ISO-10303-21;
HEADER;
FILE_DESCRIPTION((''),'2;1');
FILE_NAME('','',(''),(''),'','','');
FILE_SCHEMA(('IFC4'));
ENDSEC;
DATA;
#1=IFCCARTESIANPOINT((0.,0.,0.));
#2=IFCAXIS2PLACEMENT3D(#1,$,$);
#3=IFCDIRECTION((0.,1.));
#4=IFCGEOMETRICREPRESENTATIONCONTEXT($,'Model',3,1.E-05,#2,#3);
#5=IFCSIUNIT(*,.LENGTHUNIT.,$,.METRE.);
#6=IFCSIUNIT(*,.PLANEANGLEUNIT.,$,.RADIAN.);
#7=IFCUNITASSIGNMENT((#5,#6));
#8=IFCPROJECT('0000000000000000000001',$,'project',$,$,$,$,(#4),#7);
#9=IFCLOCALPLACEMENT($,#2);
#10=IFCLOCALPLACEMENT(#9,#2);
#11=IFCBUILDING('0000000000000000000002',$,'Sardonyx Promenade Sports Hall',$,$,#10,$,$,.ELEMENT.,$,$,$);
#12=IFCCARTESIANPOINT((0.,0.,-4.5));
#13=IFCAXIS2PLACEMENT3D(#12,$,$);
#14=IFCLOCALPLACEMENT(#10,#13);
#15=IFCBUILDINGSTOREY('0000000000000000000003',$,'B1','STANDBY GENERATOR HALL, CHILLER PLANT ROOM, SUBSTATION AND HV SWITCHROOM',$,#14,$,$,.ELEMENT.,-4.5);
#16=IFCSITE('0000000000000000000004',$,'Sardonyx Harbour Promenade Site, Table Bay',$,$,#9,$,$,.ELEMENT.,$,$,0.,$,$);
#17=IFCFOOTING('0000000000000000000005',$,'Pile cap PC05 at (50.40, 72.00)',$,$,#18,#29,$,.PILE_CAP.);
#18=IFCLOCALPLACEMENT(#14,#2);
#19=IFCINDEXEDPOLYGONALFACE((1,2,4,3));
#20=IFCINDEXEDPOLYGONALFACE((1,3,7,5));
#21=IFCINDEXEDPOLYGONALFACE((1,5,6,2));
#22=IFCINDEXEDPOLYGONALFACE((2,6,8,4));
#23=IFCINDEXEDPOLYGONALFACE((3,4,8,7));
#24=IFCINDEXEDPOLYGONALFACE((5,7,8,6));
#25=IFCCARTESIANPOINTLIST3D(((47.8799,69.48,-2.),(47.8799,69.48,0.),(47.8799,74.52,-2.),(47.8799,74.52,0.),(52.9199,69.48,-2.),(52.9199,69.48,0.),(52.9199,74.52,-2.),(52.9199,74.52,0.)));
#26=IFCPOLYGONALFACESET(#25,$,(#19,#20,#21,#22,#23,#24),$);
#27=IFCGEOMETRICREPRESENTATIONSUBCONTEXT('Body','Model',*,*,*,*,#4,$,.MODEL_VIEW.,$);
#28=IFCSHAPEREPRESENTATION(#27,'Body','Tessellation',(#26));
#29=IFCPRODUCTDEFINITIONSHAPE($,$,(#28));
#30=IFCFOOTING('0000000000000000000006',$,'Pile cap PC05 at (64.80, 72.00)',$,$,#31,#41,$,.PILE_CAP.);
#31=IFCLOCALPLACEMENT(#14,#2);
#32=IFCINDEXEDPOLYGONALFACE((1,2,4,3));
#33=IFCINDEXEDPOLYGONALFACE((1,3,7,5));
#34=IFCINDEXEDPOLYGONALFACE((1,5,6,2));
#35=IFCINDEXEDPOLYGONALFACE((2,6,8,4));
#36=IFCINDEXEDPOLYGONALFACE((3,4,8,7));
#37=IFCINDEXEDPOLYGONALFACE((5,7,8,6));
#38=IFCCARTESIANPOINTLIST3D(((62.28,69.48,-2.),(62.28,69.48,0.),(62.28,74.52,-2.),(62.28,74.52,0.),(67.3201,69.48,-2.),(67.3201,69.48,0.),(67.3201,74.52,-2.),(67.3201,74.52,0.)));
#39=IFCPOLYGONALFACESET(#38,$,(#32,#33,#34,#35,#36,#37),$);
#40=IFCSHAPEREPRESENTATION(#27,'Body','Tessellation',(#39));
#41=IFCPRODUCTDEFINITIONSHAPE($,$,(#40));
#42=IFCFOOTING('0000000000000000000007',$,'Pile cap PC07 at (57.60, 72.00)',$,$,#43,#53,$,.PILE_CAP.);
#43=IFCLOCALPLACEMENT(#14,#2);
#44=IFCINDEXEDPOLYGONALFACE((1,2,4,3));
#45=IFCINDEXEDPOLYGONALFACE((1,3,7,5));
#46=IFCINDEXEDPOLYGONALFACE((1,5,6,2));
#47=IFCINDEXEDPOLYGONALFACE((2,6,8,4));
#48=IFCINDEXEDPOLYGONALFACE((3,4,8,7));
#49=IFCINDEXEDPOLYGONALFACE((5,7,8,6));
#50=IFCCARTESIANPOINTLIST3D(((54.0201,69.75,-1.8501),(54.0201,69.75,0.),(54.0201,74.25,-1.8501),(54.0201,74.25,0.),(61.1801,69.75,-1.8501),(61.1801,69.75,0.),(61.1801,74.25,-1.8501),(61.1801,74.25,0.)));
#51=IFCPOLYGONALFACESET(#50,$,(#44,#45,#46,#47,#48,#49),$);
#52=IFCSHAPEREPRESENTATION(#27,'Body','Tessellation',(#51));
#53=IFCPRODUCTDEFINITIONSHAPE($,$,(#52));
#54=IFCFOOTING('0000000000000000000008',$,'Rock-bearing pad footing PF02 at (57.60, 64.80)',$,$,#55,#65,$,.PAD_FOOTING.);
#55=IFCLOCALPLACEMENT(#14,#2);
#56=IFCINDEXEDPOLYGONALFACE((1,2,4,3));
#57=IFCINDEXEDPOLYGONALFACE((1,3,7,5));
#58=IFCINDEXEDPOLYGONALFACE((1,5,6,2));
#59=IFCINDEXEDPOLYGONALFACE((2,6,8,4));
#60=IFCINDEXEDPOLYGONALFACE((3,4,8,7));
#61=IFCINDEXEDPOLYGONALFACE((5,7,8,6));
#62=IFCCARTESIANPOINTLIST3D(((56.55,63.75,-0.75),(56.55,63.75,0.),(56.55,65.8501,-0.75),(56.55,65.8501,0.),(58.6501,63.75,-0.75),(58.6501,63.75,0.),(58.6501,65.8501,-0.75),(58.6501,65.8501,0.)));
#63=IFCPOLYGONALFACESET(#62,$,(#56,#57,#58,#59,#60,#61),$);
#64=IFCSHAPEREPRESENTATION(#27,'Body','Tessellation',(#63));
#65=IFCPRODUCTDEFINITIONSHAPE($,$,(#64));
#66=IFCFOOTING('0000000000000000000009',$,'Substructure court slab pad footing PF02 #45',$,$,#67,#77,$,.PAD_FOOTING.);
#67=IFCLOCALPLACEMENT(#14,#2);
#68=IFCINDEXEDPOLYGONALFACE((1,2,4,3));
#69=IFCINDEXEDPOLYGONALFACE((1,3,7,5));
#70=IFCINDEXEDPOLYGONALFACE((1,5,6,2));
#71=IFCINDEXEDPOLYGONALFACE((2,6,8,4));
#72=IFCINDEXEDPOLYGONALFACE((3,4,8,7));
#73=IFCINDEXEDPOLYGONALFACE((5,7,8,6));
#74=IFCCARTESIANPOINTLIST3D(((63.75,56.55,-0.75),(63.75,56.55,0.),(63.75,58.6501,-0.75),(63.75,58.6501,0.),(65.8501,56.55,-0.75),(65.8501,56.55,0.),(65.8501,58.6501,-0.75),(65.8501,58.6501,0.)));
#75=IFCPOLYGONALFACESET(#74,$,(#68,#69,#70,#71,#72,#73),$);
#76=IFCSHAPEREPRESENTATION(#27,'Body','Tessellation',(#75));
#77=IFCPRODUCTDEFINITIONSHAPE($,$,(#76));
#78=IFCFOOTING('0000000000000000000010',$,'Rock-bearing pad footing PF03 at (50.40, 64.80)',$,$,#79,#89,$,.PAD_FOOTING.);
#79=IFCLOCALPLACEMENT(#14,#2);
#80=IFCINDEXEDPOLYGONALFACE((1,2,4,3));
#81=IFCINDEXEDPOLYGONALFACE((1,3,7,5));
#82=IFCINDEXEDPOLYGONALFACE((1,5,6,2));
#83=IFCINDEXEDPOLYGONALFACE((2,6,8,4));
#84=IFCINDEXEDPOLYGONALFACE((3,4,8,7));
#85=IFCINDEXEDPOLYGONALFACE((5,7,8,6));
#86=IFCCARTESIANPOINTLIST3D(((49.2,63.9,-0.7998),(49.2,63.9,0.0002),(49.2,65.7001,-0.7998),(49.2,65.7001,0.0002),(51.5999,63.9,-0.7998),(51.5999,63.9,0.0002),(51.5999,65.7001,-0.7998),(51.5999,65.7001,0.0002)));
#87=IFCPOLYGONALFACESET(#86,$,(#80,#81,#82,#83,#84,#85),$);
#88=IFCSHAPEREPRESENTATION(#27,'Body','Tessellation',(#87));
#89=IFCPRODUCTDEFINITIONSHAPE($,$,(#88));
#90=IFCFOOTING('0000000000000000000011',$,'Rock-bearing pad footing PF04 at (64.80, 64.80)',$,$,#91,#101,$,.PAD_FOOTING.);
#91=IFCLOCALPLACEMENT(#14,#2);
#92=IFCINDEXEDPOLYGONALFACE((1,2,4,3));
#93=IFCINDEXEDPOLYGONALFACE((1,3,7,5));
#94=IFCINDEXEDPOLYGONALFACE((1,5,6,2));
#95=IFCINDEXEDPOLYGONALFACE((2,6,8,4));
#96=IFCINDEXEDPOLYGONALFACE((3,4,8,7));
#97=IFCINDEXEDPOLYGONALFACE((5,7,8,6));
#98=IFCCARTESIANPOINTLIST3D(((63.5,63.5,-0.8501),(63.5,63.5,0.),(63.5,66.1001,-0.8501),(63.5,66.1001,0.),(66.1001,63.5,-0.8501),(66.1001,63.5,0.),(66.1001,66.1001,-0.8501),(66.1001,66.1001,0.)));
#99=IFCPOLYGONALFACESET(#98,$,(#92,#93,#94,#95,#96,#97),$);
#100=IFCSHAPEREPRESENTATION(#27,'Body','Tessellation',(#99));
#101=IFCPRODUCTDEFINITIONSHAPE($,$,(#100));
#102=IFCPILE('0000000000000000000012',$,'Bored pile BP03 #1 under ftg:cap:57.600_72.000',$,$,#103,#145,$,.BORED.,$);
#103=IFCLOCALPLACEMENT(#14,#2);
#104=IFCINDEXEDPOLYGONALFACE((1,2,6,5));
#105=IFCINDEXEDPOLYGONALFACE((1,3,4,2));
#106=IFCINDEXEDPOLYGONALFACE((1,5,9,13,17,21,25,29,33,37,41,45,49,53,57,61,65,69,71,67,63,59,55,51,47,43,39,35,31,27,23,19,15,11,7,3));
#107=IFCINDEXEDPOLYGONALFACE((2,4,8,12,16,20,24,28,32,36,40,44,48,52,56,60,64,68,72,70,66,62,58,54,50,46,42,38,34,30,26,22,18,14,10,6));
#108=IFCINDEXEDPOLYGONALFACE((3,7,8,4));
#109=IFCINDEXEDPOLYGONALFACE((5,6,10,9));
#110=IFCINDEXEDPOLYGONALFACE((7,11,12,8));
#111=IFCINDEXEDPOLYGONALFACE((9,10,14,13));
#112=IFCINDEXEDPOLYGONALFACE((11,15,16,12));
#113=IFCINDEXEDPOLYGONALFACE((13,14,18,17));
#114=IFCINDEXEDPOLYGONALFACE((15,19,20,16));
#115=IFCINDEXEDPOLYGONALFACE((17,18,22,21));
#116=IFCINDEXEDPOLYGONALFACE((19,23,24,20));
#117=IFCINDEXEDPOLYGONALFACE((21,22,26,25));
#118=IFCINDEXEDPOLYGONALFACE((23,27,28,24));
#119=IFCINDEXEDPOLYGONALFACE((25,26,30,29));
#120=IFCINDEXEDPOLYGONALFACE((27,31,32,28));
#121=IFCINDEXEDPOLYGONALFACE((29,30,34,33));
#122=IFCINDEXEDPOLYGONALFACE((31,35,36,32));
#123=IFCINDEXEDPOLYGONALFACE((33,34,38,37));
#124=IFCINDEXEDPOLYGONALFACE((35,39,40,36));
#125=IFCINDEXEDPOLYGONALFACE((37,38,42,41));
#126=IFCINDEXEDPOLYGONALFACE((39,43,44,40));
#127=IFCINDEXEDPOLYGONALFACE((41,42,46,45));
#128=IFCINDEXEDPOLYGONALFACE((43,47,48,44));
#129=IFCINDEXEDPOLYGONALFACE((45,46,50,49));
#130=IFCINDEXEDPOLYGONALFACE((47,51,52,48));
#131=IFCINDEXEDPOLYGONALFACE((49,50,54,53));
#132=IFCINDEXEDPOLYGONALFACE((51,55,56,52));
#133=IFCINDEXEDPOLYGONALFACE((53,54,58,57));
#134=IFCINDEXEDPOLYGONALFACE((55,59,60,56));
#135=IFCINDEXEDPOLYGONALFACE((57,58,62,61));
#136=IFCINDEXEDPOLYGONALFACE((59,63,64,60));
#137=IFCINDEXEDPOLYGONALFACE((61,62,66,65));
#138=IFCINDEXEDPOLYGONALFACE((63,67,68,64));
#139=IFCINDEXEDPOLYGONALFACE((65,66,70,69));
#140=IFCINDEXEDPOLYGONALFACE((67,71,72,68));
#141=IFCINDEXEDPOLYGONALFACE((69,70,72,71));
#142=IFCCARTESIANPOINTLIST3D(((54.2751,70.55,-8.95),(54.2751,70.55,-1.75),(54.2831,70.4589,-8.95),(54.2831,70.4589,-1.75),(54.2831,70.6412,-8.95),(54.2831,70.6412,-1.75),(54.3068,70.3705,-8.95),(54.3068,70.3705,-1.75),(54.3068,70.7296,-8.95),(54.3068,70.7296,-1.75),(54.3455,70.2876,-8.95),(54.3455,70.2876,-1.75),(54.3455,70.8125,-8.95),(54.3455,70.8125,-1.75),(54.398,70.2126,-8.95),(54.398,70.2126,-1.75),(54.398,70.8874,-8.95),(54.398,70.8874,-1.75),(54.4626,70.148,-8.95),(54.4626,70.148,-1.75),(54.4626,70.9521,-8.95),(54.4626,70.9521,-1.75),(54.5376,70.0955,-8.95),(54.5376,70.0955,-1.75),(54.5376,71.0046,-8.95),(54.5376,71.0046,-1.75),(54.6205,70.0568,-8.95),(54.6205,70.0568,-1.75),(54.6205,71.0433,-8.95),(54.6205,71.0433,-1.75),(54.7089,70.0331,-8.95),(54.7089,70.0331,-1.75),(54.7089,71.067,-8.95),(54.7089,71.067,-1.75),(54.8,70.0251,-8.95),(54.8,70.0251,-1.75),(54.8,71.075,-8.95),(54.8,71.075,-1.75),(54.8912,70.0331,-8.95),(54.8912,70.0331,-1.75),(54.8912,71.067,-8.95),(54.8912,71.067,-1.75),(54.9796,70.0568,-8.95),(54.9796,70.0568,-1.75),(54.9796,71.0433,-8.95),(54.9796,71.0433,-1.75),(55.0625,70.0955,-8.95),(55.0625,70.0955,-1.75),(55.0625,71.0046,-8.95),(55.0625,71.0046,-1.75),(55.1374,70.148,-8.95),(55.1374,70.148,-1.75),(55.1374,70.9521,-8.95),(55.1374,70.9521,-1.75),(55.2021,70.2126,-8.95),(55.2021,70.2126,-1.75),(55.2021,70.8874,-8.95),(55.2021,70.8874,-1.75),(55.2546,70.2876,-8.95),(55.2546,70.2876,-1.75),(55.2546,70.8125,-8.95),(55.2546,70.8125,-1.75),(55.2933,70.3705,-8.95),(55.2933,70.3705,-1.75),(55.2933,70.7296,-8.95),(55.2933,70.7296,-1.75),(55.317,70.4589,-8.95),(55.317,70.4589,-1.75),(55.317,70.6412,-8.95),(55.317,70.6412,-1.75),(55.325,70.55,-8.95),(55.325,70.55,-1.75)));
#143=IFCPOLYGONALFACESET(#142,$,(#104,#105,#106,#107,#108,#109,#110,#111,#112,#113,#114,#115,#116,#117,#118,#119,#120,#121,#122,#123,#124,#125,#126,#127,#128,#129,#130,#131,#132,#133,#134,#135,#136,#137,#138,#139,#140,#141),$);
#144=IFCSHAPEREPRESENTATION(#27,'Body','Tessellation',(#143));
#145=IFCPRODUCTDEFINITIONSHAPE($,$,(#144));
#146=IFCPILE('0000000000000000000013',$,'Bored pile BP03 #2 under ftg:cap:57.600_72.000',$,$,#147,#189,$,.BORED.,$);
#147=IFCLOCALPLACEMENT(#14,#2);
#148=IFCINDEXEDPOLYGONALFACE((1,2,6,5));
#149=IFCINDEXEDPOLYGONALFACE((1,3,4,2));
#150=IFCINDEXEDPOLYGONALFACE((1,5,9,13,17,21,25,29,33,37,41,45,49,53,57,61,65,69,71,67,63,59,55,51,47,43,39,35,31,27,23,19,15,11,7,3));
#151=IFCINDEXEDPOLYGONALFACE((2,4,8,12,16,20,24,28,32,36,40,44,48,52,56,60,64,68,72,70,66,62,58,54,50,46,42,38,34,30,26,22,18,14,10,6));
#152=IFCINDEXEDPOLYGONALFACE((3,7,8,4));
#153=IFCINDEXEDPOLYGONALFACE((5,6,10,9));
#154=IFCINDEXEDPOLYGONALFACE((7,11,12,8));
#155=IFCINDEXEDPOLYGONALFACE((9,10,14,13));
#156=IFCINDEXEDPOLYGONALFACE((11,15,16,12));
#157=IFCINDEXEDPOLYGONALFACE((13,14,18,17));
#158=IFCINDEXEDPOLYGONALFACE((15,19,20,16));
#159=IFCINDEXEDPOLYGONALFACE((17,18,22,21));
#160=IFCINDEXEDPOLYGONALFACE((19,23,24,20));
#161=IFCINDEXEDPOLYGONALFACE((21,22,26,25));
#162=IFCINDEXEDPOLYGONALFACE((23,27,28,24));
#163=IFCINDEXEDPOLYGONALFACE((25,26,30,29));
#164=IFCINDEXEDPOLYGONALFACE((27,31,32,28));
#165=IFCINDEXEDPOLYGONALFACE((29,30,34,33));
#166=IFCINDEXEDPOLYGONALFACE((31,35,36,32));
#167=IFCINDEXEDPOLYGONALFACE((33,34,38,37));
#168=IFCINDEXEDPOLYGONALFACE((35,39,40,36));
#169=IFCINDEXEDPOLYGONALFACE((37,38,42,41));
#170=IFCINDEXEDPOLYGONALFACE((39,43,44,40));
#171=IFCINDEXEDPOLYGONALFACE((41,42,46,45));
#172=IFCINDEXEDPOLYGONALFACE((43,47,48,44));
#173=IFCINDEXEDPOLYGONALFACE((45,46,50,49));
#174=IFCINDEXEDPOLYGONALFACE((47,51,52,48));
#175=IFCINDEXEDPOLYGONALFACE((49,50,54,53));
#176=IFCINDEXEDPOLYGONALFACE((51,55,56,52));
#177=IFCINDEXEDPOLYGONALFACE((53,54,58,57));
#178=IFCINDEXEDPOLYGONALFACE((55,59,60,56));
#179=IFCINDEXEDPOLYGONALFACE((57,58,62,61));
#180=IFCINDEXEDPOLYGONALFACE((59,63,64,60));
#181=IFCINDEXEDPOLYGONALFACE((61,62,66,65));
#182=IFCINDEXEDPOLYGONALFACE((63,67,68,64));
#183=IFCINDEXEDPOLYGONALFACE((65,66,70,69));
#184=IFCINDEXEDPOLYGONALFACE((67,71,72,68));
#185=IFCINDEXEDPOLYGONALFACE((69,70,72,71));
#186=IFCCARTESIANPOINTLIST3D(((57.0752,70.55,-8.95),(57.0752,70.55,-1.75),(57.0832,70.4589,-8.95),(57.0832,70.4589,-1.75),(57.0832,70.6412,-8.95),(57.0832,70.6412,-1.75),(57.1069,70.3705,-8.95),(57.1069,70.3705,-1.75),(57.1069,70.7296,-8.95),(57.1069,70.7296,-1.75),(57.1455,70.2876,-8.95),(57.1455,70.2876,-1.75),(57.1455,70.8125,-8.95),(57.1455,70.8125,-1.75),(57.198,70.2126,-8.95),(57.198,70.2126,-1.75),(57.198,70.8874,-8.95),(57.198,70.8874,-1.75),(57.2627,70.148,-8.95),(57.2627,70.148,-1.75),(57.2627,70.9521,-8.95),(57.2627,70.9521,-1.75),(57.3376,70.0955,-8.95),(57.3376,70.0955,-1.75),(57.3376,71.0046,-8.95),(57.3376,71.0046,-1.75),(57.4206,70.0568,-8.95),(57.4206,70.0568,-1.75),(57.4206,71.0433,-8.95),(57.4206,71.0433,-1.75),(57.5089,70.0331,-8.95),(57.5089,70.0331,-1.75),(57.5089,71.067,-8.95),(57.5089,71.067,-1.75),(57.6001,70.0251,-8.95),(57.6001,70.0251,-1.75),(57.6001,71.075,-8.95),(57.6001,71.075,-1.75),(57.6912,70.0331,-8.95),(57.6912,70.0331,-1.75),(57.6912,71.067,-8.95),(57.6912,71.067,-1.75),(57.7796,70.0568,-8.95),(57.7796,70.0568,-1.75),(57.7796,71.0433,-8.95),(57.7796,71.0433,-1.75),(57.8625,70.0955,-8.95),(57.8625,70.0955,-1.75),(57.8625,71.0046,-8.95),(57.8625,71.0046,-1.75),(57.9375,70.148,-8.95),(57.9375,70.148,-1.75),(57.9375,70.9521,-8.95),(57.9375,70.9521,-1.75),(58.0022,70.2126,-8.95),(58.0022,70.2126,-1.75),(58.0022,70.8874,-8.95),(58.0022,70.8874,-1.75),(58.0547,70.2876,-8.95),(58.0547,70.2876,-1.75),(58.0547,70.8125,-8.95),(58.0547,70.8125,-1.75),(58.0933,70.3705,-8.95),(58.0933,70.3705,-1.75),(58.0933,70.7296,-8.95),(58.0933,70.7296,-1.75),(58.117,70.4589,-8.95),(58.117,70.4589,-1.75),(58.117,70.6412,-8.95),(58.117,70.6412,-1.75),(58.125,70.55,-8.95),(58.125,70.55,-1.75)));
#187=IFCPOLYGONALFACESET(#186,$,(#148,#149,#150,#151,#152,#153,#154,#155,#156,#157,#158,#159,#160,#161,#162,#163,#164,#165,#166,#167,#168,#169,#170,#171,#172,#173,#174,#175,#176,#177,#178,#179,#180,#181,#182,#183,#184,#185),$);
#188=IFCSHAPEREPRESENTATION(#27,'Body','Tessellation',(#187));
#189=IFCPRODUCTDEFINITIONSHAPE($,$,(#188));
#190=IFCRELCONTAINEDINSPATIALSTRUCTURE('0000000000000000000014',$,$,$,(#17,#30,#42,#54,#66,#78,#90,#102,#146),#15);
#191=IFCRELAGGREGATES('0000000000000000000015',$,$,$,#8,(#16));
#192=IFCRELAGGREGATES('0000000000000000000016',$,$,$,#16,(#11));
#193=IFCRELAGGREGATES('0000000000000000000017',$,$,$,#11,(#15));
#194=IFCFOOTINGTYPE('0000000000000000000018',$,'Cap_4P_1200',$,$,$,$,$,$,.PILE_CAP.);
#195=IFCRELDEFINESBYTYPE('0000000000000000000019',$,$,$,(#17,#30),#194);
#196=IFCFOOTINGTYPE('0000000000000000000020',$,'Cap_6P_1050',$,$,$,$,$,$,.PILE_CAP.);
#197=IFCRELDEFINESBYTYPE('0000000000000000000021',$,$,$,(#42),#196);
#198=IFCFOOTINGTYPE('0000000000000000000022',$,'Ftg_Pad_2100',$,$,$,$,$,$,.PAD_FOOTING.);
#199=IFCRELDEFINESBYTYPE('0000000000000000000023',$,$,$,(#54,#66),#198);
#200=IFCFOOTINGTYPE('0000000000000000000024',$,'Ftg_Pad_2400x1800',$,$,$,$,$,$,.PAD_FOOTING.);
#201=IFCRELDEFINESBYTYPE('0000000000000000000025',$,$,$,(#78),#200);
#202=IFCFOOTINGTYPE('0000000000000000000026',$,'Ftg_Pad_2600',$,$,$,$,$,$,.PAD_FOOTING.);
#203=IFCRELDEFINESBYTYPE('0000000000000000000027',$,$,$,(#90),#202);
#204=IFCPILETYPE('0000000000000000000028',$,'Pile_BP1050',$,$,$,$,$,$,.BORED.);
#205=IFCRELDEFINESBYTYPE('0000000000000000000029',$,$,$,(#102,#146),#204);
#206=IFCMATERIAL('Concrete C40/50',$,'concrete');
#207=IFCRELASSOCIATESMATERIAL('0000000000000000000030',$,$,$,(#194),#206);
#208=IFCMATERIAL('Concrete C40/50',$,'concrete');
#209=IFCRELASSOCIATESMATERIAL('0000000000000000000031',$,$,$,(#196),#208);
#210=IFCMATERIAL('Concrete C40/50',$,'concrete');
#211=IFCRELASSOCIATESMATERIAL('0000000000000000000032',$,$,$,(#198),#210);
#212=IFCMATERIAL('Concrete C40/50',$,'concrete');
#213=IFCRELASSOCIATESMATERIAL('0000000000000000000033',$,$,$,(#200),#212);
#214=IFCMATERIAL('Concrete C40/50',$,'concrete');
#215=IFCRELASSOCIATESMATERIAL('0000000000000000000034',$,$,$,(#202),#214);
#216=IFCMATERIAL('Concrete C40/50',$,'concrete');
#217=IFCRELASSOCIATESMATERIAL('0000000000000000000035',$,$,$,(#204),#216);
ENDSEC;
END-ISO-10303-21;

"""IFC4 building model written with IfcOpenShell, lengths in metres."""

from ifc_helpers import new_model, si_unit, direction, frame, origin, origin_2d, place, context, subcontext, project, spatial, rectangle, circle, extrude, material, material_profile, profile_set, type_object, element, save


model = new_model("IFC4")

# Units and contexts
model_context = context("Model", 3, precision=1e-05, world=origin(), true_north=direction((0.0, 1.0)))
body_context = subcontext(model_context, "Body", "Model", "MODEL_VIEW")
ifc_project = project(units=[si_unit("LENGTHUNIT", "METRE"), si_unit("PLANEANGLEUNIT", "RADIAN")], contexts=[model_context])

# Site, building, storey
site_placement = place(None, origin())
site = spatial("IfcSite", under=ifc_project, at=site_placement, Name="Sardonyx Harbour Promenade Site, Table Bay", CompositionType="ELEMENT", RefElevation=0.0)
building_placement = place(site_placement, origin())
building = spatial("IfcBuilding", under=site, at=building_placement, Name="Sardonyx Promenade Sports Hall", CompositionType="ELEMENT")
storey_placement = place(building_placement, frame((0.0, 0.0, -4.5)))
storey = spatial("IfcBuildingStorey", under=building, at=storey_placement, Name="B1", Description="STANDBY GENERATOR HALL, CHILLER PLANT ROOM, SUBSTATION AND HV SWITCHROOM", CompositionType="ELEMENT", Elevation=-4.5)

# Footings
ifc_material_1 = material(Name="Concrete C40/50", Category="concrete")
footing_type_1 = type_object("IfcFootingType", Name="Cap_4P_1200", PredefinedType="PILE_CAP", material=ifc_material_1)
for number, where, z_axis, x_axis, name in (
    (1, (50.3999, 72.0, -2.0), (0.0, 0.0, 1.0), (1.0, 0.0, 0.0), "Pile cap PC05 at (50.40, 72.00)"),
    (2, (64.8, 72.0, -2.0), (0.0, 0.0, 1.0), (1.0, 0.0, 0.0), "Pile cap PC05 at (64.80, 72.00)"),
):
    element("IfcFooting", number, at=place(storey_placement, frame(where, z_axis=z_axis, x_axis=x_axis)), inside=storey, type_object=footing_type_1, Name=name, PredefinedType="PILE_CAP", context=body_context, shape_type="SweptSolid", body=[
        extrude(rectangle(XDim=5.04, YDim=5.04, at=origin_2d()), origin(), (0.0, 0.0, 1.0), 2.0),
    ])
ifc_material_2 = material(Name="Concrete C40/50", Category="concrete")
footing_type_2 = type_object("IfcFootingType", Name="Cap_6P_1050", PredefinedType="PILE_CAP", material=ifc_material_2)
footing_1_placement = place(storey_placement, frame((57.6001, 72.0, -1.8501), z_axis=(0.0, 0.0, 1.0), x_axis=(1.0, 0.0, 0.0)))
element("IfcFooting", 3, at=footing_1_placement, inside=storey, type_object=footing_type_2, Name="Pile cap PC07 at (57.60, 72.00)", PredefinedType="PILE_CAP", context=body_context, shape_type="SweptSolid", body=[
    extrude(rectangle(XDim=7.1599, YDim=4.5, at=origin_2d()), origin(), (0.0, 0.0, 1.0), 1.8501),
])
ifc_material_3 = material(Name="Concrete C40/50", Category="concrete")
footing_type_3 = type_object("IfcFootingType", Name="Ftg_Pad_2100", PredefinedType="PAD_FOOTING", material=ifc_material_3)
for number, where, z_axis, x_axis, name in (
    (4, (57.6001, 64.8, -0.75), (0.0, 0.0, 1.0), (1.0, 0.0, 0.0), "Rock-bearing pad footing PF02 at (57.60, 64.80)"),
    (5, (64.8, 57.6001, -0.75), (0.0, 0.0, 1.0), (1.0, 0.0, 0.0), "Substructure court slab pad footing PF02 #45"),
):
    element("IfcFooting", number, at=place(storey_placement, frame(where, z_axis=z_axis, x_axis=x_axis)), inside=storey, type_object=footing_type_3, Name=name, PredefinedType="PAD_FOOTING", context=body_context, shape_type="SweptSolid", body=[
        extrude(rectangle(XDim=2.1001, YDim=2.1001, at=origin_2d()), origin(), (0.0, 0.0, 1.0), 0.75),
    ])
ifc_material_4 = material(Name="Concrete C40/50", Category="concrete")
footing_type_4 = type_object("IfcFootingType", Name="Ftg_Pad_2400x1800", PredefinedType="PAD_FOOTING", material=ifc_material_4)
footing_2_placement = place(storey_placement, frame((50.3999, 64.8, -0.7998), z_axis=(0.0, 0.0, 1.0), x_axis=(1.0, 0.0, 0.0)))
element("IfcFooting", 6, at=footing_2_placement, inside=storey, type_object=footing_type_4, Name="Rock-bearing pad footing PF03 at (50.40, 64.80)", PredefinedType="PAD_FOOTING", context=body_context, shape_type="SweptSolid", body=[
    extrude(rectangle(XDim=2.3999, YDim=1.8, at=origin_2d()), origin(), (0.0, 0.0, 1.0), 0.8),
])
ifc_material_5 = material(Name="Concrete C40/50", Category="concrete")
footing_type_5 = type_object("IfcFootingType", Name="Ftg_Pad_2600", PredefinedType="PAD_FOOTING", material=ifc_material_5)
footing_3_placement = place(storey_placement, frame((64.8, 64.8, -0.8501), z_axis=(0.0, 0.0, 1.0), x_axis=(1.0, 0.0, 0.0)))
element("IfcFooting", 7, at=footing_3_placement, inside=storey, type_object=footing_type_5, Name="Rock-bearing pad footing PF04 at (64.80, 64.80)", PredefinedType="PAD_FOOTING", context=body_context, shape_type="SweptSolid", body=[
    extrude(rectangle(XDim=2.6001, YDim=2.6001, at=origin_2d()), origin(), (0.0, 0.0, 1.0), 0.8501),
])

# Piles
ifc_material_6 = material(Name="Concrete C40/50", Category="concrete")
ifc_material_profile_1 = material_profile(ifc_material_6, circle(Radius=0.5249, at=origin_2d()))
ifc_profile_set_1 = profile_set([ifc_material_profile_1], Name="Concrete C40/50")
pile_type_1 = type_object("IfcPileType", Name="Pile_BP1050", PredefinedType="BORED", material=ifc_profile_set_1)
for number, where, z_axis, x_axis, name in (
    (8, (54.8, 70.55, -1.75), (0.0, 0.0, -1.0), (1.0, 0.0, 0.0), "Bored pile BP03 #1 under ftg:cap:57.600_72.000"),
    (9, (57.6001, 70.55, -1.75), (0.0, 0.0, -1.0), (1.0, 0.0, 0.0), "Bored pile BP03 #2 under ftg:cap:57.600_72.000"),
):
    element("IfcPile", number, at=place(storey_placement, frame(where, z_axis=z_axis, x_axis=x_axis)), inside=storey, type_object=pile_type_1, Name=name, PredefinedType="BORED", context=body_context, shape_type="SweptSolid", body=[
        extrude(circle(Radius=0.5249, at=origin_2d()), origin(), (0.0, 0.0, 1.0), 7.2),
    ])

save(model, "model.ifc")
